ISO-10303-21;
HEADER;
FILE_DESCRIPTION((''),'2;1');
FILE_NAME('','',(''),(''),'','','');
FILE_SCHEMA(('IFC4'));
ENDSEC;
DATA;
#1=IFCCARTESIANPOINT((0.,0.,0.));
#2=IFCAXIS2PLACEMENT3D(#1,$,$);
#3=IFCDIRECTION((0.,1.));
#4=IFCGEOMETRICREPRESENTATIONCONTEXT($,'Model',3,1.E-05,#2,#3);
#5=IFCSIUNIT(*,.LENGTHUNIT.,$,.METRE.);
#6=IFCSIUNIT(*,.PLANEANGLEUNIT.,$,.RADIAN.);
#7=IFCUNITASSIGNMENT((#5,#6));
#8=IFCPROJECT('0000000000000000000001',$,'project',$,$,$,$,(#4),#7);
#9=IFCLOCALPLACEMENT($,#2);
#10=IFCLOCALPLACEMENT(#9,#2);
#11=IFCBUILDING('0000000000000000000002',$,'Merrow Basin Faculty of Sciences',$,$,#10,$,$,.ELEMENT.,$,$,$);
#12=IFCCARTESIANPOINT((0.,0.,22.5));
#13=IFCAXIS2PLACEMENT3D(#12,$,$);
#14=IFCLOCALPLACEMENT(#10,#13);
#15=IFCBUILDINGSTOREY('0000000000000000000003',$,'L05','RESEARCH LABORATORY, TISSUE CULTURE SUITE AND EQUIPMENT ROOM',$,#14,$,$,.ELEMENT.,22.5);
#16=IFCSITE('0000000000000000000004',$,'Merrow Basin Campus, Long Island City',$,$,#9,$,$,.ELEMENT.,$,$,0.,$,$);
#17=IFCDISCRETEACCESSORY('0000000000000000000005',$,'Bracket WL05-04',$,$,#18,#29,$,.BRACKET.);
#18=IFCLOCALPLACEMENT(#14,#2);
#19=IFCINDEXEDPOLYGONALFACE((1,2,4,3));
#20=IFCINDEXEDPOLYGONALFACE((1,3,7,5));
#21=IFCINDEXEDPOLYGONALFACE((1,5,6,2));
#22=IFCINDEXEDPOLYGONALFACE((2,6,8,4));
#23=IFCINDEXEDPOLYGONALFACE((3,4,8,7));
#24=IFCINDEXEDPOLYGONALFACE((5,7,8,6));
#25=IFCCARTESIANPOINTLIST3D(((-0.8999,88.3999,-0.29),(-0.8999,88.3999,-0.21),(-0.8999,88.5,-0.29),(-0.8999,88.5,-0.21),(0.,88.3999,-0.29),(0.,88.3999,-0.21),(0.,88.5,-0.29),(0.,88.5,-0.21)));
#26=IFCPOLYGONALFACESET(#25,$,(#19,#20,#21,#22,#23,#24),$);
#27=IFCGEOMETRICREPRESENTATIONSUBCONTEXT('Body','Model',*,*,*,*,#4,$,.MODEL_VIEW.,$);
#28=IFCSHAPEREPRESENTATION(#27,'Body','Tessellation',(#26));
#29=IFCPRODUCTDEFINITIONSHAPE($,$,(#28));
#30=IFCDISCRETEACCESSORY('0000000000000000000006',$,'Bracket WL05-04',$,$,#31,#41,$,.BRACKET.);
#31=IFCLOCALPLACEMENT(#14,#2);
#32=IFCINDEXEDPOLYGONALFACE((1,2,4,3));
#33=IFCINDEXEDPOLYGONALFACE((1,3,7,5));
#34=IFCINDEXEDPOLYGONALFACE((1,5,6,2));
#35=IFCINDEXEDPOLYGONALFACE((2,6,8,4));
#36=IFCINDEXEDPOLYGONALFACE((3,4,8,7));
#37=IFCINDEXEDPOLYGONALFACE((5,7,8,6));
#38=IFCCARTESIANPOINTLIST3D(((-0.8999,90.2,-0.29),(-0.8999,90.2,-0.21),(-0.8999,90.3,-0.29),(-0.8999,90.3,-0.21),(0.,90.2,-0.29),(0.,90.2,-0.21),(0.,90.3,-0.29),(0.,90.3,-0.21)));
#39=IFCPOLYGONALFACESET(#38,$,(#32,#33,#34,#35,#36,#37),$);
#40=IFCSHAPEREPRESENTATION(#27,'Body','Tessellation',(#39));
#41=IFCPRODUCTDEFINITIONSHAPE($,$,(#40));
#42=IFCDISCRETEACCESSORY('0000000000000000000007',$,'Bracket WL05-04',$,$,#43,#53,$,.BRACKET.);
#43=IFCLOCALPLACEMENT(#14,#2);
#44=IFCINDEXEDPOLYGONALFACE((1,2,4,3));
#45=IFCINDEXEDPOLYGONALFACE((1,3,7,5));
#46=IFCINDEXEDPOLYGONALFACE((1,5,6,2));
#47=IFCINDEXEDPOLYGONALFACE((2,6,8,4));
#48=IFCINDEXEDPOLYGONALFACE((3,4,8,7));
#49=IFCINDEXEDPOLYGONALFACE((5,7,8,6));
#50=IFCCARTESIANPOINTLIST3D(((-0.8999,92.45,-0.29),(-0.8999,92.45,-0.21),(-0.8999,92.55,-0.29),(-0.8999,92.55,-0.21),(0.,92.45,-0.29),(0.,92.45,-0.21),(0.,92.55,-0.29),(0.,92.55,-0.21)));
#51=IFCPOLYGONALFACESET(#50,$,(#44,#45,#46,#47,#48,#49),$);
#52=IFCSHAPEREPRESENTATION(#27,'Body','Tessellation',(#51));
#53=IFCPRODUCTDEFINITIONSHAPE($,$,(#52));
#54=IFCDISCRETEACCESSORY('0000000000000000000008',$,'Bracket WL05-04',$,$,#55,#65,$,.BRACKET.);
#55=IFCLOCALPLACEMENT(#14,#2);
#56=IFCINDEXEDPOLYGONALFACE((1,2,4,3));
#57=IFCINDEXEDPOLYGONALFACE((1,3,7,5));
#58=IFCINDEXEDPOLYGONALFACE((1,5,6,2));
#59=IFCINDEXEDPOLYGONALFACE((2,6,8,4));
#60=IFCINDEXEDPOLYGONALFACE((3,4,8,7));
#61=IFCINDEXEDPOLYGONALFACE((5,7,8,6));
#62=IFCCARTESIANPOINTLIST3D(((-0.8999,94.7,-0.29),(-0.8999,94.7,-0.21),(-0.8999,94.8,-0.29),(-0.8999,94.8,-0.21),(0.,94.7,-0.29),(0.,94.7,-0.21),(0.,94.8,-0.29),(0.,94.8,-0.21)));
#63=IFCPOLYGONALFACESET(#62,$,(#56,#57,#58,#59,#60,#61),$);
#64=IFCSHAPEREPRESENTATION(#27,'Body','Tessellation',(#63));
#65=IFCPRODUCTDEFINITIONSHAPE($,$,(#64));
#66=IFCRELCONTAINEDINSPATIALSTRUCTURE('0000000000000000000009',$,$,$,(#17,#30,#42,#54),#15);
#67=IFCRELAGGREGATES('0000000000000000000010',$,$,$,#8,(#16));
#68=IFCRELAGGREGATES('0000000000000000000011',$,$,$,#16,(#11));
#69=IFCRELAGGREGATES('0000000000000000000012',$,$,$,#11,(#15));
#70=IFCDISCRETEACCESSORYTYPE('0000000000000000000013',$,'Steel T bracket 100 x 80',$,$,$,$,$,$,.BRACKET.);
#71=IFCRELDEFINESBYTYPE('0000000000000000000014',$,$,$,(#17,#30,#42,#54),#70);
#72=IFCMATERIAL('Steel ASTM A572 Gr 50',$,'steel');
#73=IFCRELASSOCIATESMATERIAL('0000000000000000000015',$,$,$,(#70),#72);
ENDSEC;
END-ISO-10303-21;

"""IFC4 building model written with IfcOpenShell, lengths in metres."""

from ifc_helpers import new_model, si_unit, direction, frame, origin, place, context, subcontext, project, spatial, polyline, outline, extrude, source, transform, mapped, material, type_object, element, save


model = new_model("IFC4")

# Units and contexts
model_context = context("Model", 3, precision=1e-05, world=origin(), true_north=direction((0.0, 1.0)))
body_context = subcontext(model_context, "Body", "Model", "MODEL_VIEW")
ifc_project = project(units=[si_unit("LENGTHUNIT", "METRE"), si_unit("PLANEANGLEUNIT", "RADIAN")], contexts=[model_context])

# Site, building, storey
site_placement = place(None, origin())
site = spatial("IfcSite", under=ifc_project, at=site_placement, Name="Merrow Basin Campus, Long Island City", CompositionType="ELEMENT", RefElevation=0.0)
building_placement = place(site_placement, origin())
building = spatial("IfcBuilding", under=site, at=building_placement, Name="Merrow Basin Faculty of Sciences", CompositionType="ELEMENT")
storey_placement = place(building_placement, frame((0.0, 0.0, 22.5)))
storey = spatial("IfcBuildingStorey", under=building, at=storey_placement, Name="L05", Description="RESEARCH LABORATORY, TISSUE CULTURE SUITE AND EQUIPMENT ROOM", CompositionType="ELEMENT", Elevation=22.5)

# Discrete accessories
ifc_material_1 = material(Name="Steel ASTM A572 Gr 50", Category="steel")
discrete_accessory_type = type_object("IfcDiscreteAccessoryType", Name="Steel T bracket 100 x 80", PredefinedType="BRACKET", material=ifc_material_1)
shared_shape_1 = source(origin(), body_context, "Body", "SweptSolid", [
    extrude(outline(polyline([(0.0, 0.0), (0.1001, 0.0), (0.1001, 0.0801), (0.0, 0.0801), (0.0, 0.0)])), origin(), (0.0, 0.0, 1.0), 0.8999),
])
for number, where, z_axis, x_axis, name in (
    (1, (-0.8999, 88.3999, -0.29), (1.0, 0.0, 0.0), (0.0, 1.0, 0.0), "Bracket WL05-04"),
    (2, (-0.8999, 90.2, -0.29), (1.0, 0.0, 0.0), (0.0, 1.0, 0.0), "Bracket WL05-04"),
    (3, (-0.8999, 92.45, -0.29), (1.0, 0.0, 0.0), (0.0, 1.0, 0.0), "Bracket WL05-04"),
    (4, (-0.8999, 94.7, -0.29), (1.0, 0.0, 0.0), (0.0, 1.0, 0.0), "Bracket WL05-04"),
):
    element("IfcDiscreteAccessory", number, at=place(storey_placement, frame(where, z_axis=z_axis, x_axis=x_axis)), inside=storey, type_object=discrete_accessory_type, Name=name, PredefinedType="BRACKET", context=body_context, shape_type="MappedRepresentation", body=[
        mapped(shared_shape_1, transform((0.0, 0.0, 0.0), scale=1.0)),
    ])

save(model, "model.ifc")
